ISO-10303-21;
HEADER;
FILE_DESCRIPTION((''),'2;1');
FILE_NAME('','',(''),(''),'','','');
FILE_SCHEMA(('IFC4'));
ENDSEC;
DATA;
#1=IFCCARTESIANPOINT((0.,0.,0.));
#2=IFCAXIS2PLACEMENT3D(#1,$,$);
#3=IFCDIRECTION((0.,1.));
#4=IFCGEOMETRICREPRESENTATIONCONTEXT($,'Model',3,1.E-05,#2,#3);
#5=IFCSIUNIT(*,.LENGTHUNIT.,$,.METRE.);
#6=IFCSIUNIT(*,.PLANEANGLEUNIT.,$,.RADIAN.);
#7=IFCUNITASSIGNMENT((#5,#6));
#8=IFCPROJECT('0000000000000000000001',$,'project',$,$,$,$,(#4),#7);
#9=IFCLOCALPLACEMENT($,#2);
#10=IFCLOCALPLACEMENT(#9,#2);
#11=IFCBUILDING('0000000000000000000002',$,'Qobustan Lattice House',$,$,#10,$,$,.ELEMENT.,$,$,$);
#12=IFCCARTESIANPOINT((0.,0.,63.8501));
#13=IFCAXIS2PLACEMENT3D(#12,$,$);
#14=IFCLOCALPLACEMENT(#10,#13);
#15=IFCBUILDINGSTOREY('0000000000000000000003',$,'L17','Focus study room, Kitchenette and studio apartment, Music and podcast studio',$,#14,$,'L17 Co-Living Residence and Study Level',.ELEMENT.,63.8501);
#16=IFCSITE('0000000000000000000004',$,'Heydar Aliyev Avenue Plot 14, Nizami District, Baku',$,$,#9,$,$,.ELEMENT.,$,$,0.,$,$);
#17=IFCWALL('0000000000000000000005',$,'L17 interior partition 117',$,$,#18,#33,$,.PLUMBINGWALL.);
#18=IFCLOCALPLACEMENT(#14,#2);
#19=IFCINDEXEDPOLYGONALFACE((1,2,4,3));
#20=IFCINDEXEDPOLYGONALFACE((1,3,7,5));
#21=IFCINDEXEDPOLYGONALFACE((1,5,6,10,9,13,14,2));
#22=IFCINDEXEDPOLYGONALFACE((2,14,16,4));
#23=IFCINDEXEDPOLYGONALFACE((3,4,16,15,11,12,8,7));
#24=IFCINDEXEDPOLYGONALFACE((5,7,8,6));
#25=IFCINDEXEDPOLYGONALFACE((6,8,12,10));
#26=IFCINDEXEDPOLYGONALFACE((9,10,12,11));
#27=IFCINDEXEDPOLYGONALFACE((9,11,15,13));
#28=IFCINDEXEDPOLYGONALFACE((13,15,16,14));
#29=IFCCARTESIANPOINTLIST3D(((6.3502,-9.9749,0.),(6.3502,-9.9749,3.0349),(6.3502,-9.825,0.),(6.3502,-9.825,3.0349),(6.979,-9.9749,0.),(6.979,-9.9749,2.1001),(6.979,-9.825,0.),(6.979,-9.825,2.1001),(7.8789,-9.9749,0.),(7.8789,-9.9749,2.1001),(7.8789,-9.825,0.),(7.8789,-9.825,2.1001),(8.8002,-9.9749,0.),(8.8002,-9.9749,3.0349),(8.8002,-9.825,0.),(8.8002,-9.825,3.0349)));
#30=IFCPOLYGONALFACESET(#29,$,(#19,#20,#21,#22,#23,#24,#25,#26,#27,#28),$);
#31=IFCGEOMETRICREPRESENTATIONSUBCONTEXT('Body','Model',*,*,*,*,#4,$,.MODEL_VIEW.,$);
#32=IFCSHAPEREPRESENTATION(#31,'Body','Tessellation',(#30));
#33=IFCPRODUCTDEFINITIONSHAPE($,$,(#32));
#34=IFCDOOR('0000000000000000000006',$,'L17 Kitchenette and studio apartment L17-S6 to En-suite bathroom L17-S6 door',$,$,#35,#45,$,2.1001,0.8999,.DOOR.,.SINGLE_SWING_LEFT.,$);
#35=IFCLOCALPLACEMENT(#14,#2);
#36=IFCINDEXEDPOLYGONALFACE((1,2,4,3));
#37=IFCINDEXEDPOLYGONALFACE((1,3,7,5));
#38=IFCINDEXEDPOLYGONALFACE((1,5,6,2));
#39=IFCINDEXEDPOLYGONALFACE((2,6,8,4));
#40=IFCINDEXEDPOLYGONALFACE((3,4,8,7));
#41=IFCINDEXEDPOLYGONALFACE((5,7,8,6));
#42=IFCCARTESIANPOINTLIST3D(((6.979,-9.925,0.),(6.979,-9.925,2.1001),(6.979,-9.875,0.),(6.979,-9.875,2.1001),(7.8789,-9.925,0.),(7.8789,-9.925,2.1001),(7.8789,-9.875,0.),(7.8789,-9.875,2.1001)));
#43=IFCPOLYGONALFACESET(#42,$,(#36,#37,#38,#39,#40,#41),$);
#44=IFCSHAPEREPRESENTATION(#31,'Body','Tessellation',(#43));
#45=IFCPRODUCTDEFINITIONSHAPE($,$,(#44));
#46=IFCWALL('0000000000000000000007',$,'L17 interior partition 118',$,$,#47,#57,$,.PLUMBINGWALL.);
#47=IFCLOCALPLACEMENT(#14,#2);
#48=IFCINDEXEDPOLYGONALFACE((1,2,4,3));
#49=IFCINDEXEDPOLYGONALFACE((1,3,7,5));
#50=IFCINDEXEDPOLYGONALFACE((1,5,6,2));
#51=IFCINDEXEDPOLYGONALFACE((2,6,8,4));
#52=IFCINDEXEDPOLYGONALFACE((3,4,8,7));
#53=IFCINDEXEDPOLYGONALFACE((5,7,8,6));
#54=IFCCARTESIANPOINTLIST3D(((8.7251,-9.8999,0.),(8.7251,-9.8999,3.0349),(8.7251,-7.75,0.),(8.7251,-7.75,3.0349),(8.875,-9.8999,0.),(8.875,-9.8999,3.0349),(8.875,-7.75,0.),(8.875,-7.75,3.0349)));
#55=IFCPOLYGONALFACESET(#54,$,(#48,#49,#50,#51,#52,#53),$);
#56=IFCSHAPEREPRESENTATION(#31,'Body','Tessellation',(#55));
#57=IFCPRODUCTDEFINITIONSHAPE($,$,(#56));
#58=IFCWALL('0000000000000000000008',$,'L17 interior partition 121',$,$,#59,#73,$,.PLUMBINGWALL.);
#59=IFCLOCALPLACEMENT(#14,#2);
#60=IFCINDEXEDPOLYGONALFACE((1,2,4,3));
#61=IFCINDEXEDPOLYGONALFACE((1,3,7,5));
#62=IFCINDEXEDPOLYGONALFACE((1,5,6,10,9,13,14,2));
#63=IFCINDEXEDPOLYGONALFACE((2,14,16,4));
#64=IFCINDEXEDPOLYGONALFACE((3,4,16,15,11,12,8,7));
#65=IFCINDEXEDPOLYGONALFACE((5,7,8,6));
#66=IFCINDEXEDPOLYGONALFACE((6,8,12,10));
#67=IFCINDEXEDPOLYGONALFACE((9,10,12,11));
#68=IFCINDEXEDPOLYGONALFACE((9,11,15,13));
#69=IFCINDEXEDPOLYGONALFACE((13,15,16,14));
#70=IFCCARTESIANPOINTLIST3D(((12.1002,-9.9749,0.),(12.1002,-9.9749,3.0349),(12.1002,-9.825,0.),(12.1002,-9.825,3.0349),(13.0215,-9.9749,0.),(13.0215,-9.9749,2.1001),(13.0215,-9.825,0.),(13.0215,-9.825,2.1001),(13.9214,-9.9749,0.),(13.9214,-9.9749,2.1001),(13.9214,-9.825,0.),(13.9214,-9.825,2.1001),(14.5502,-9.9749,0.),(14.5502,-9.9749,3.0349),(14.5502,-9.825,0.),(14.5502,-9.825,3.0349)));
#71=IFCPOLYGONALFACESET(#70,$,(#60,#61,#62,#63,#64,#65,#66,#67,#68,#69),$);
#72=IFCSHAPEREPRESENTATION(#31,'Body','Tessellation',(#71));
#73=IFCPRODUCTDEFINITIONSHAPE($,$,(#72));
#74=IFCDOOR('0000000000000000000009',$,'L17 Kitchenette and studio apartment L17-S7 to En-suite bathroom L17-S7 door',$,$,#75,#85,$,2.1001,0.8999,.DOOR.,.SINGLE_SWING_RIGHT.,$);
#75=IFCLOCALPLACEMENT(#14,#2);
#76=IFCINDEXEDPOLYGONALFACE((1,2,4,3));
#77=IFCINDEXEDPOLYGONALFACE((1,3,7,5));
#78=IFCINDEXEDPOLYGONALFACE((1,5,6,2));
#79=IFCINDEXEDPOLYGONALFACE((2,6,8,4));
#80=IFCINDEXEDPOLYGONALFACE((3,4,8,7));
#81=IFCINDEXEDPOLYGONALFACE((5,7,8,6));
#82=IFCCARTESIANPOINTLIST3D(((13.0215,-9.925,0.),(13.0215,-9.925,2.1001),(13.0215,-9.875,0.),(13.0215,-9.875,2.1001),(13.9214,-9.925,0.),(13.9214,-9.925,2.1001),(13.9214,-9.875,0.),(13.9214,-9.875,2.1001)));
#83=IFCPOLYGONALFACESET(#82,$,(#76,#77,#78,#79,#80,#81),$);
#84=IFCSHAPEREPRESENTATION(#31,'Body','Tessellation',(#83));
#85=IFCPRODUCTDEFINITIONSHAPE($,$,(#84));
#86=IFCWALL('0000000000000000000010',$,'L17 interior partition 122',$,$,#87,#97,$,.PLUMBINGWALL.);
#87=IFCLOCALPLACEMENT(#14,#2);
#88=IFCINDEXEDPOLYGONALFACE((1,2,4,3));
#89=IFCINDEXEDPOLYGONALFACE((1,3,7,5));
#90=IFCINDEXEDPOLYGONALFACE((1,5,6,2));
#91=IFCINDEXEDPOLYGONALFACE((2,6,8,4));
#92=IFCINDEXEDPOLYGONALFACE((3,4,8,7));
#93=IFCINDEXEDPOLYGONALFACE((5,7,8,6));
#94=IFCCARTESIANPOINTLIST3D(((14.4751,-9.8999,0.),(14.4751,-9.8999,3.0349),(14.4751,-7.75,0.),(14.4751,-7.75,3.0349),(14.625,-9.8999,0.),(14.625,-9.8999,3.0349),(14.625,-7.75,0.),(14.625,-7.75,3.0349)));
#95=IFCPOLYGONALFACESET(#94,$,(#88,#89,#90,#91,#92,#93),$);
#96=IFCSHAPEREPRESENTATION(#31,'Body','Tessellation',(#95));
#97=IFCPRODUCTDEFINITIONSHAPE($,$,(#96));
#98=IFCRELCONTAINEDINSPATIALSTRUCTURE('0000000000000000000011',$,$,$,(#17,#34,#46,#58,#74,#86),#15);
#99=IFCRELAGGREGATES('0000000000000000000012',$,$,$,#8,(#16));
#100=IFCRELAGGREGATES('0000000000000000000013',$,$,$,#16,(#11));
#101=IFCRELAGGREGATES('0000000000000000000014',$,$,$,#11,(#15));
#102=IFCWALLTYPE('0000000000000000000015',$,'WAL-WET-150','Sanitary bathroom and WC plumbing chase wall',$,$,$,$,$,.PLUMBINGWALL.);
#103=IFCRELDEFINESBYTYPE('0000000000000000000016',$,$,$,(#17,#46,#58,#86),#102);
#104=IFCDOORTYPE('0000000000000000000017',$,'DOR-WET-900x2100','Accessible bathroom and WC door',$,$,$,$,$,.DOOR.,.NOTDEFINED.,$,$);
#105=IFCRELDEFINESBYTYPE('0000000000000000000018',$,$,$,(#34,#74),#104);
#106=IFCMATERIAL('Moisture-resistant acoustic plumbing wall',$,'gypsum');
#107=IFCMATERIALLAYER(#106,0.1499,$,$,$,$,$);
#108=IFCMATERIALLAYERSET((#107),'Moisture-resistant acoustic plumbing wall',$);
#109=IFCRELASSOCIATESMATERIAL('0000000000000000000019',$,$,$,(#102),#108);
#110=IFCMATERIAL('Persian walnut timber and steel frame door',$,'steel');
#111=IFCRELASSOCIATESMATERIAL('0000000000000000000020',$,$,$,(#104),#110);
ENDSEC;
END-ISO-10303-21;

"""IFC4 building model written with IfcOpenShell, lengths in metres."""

from ifc_helpers import new_model, si_unit, direction, frame, frame_2d, origin, place, context, subcontext, project, spatial, rectangle, extrude, material, layer, layer_set, type_object, element, fill, save


model = new_model("IFC4")

# Units and contexts
model_context = context("Model", 3, precision=1e-05, world=origin(), true_north=direction((0.0, 1.0)))
body_context = subcontext(model_context, "Body", "Model", "MODEL_VIEW")
ifc_project = project(units=[si_unit("LENGTHUNIT", "METRE"), si_unit("PLANEANGLEUNIT", "RADIAN")], contexts=[model_context])

# Site, building, storey
site_placement = place(None, origin())
site = spatial("IfcSite", under=ifc_project, at=site_placement, Name="Heydar Aliyev Avenue Plot 14, Nizami District, Baku", CompositionType="ELEMENT", RefElevation=0.0)
building_placement = place(site_placement, origin())
building = spatial("IfcBuilding", under=site, at=building_placement, Name="Qobustan Lattice House", CompositionType="ELEMENT")
storey_placement = place(building_placement, frame((0.0, 0.0, 63.8501)))
storey = spatial("IfcBuildingStorey", under=building, at=storey_placement, Name="L17", Description="Focus study room, Kitchenette and studio apartment, Music and podcast studio", LongName="L17 Co-Living Residence and Study Level", CompositionType="ELEMENT", Elevation=63.8501)

# Shared definitions
ifc_material_1 = material(Name="Moisture-resistant acoustic plumbing wall", Category="gypsum")
ifc_layer_1 = layer(ifc_material_1, 0.1499)
ifc_layer_set_1 = layer_set([ifc_layer_1], Name="Moisture-resistant acoustic plumbing wall")
wall_type_1 = type_object("IfcWallType", Name="WAL-WET-150", Description="Sanitary bathroom and WC plumbing chase wall", PredefinedType="PLUMBINGWALL", material=ifc_layer_set_1)
ifc_material_2 = material(Name="Persian walnut timber and steel frame door", Category="steel")
door_type_1 = type_object("IfcDoorType", Name="DOR-WET-900x2100", Description="Accessible bathroom and WC door", OperationType="NOTDEFINED", PredefinedType="DOOR", material=ifc_material_2)

# Wall, opening, door
wall_1_placement = place(storey_placement, frame((6.3501, -9.8999, 0.0), z_axis=(0.0, 0.0, 1.0), x_axis=(1.0, 0.0, 0.0)))
wall_1 = element("IfcWall", 1, at=wall_1_placement, inside=storey, type_object=wall_type_1, Name="L17 interior partition 117", PredefinedType="PLUMBINGWALL", context=body_context, shape_type="SweptSolid", body=[
    extrude(rectangle(XDim=2.45, YDim=0.1499, at=frame_2d((1.2251, 0.0))), origin(), (0.0, 0.0, 1.0), 3.0349),
])
opening_1_placement = place(wall_1_placement, frame((0.6289, 0.0, 0.0)))
opening_1 = element("IfcOpeningElement", 2, at=opening_1_placement, cuts=wall_1, PredefinedType="OPENING", context=body_context, shape_type="SweptSolid", body=[
    extrude(rectangle(XDim=0.8999, YDim=2.1001, at=frame_2d((0.45, 1.05))), frame((0.0, 0.085, 0.0), z_axis=(0.0, -1.0, 0.0), x_axis=(1.0, 0.0, 0.0)), (0.0, 0.0, 1.0), 0.1699),
])
door_1_placement = place(opening_1_placement, origin())
door_1 = element("IfcDoor", 3, at=door_1_placement, inside=storey, type_object=door_type_1, Name="L17 Kitchenette and studio apartment L17-S6 to En-suite bathroom L17-S6 door", OperationType="SINGLE_SWING_LEFT", OverallHeight=2.1001, OverallWidth=0.8999, PredefinedType="DOOR", context=body_context, shape_type="SweptSolid", body=[
    extrude(rectangle(XDim=0.8999, YDim=2.1001, at=frame_2d((0.45, 1.05))), frame((0.0, 0.0249, 0.0), z_axis=(0.0, -1.0, 0.0), x_axis=(1.0, 0.0, 0.0)), (0.0, 0.0, 1.0), 0.05),
])
fill(opening_1, door_1)

# Wall
wall_2_placement = place(storey_placement, frame((8.8, -9.8999, 0.0), z_axis=(0.0, 0.0, 1.0), x_axis=(0.0, 1.0, 0.0)))
element("IfcWall", 4, at=wall_2_placement, inside=storey, type_object=wall_type_1, Name="L17 interior partition 118", PredefinedType="PLUMBINGWALL", context=body_context, shape_type="SweptSolid", body=[
    extrude(rectangle(XDim=2.1499, YDim=0.1499, at=frame_2d((1.075, 0.0))), origin(), (0.0, 0.0, 1.0), 3.0349),
])

# Wall, opening, door
wall_3_placement = place(storey_placement, frame((12.1001, -9.8999, 0.0), z_axis=(0.0, 0.0, 1.0), x_axis=(1.0, 0.0, 0.0)))
wall_3 = element("IfcWall", 5, at=wall_3_placement, inside=storey, type_object=wall_type_1, Name="L17 interior partition 121", PredefinedType="PLUMBINGWALL", context=body_context, shape_type="SweptSolid", body=[
    extrude(rectangle(XDim=2.45, YDim=0.1499, at=frame_2d((1.2251, 0.0))), origin(), (0.0, 0.0, 1.0), 3.0349),
])
opening_2_placement = place(wall_3_placement, frame((0.9214, 0.0, 0.0)))
opening_2 = element("IfcOpeningElement", 6, at=opening_2_placement, cuts=wall_3, PredefinedType="OPENING", context=body_context, shape_type="SweptSolid", body=[
    extrude(rectangle(XDim=0.8999, YDim=2.1001, at=frame_2d((0.45, 1.05))), frame((0.0, 0.085, 0.0), z_axis=(0.0, -1.0, 0.0), x_axis=(1.0, 0.0, 0.0)), (0.0, 0.0, 1.0), 0.1699),
])
door_2_placement = place(opening_2_placement, origin())
door_2 = element("IfcDoor", 7, at=door_2_placement, inside=storey, type_object=door_type_1, Name="L17 Kitchenette and studio apartment L17-S7 to En-suite bathroom L17-S7 door", OperationType="SINGLE_SWING_RIGHT", OverallHeight=2.1001, OverallWidth=0.8999, PredefinedType="DOOR", context=body_context, shape_type="SweptSolid", body=[
    extrude(rectangle(XDim=0.8999, YDim=2.1001, at=frame_2d((0.45, 1.05))), frame((0.0, 0.0249, 0.0), z_axis=(0.0, -1.0, 0.0), x_axis=(1.0, 0.0, 0.0)), (0.0, 0.0, 1.0), 0.05),
])
fill(opening_2, door_2)

# Wall
wall_4_placement = place(storey_placement, frame((14.55, -9.8999, 0.0), z_axis=(0.0, 0.0, 1.0), x_axis=(0.0, 1.0, 0.0)))
element("IfcWall", 8, at=wall_4_placement, inside=storey, type_object=wall_type_1, Name="L17 interior partition 122", PredefinedType="PLUMBINGWALL", context=body_context, shape_type="SweptSolid", body=[
    extrude(rectangle(XDim=2.1499, YDim=0.1499, at=frame_2d((1.075, 0.0))), origin(), (0.0, 0.0, 1.0), 3.0349),
])

save(model, "model.ifc")
